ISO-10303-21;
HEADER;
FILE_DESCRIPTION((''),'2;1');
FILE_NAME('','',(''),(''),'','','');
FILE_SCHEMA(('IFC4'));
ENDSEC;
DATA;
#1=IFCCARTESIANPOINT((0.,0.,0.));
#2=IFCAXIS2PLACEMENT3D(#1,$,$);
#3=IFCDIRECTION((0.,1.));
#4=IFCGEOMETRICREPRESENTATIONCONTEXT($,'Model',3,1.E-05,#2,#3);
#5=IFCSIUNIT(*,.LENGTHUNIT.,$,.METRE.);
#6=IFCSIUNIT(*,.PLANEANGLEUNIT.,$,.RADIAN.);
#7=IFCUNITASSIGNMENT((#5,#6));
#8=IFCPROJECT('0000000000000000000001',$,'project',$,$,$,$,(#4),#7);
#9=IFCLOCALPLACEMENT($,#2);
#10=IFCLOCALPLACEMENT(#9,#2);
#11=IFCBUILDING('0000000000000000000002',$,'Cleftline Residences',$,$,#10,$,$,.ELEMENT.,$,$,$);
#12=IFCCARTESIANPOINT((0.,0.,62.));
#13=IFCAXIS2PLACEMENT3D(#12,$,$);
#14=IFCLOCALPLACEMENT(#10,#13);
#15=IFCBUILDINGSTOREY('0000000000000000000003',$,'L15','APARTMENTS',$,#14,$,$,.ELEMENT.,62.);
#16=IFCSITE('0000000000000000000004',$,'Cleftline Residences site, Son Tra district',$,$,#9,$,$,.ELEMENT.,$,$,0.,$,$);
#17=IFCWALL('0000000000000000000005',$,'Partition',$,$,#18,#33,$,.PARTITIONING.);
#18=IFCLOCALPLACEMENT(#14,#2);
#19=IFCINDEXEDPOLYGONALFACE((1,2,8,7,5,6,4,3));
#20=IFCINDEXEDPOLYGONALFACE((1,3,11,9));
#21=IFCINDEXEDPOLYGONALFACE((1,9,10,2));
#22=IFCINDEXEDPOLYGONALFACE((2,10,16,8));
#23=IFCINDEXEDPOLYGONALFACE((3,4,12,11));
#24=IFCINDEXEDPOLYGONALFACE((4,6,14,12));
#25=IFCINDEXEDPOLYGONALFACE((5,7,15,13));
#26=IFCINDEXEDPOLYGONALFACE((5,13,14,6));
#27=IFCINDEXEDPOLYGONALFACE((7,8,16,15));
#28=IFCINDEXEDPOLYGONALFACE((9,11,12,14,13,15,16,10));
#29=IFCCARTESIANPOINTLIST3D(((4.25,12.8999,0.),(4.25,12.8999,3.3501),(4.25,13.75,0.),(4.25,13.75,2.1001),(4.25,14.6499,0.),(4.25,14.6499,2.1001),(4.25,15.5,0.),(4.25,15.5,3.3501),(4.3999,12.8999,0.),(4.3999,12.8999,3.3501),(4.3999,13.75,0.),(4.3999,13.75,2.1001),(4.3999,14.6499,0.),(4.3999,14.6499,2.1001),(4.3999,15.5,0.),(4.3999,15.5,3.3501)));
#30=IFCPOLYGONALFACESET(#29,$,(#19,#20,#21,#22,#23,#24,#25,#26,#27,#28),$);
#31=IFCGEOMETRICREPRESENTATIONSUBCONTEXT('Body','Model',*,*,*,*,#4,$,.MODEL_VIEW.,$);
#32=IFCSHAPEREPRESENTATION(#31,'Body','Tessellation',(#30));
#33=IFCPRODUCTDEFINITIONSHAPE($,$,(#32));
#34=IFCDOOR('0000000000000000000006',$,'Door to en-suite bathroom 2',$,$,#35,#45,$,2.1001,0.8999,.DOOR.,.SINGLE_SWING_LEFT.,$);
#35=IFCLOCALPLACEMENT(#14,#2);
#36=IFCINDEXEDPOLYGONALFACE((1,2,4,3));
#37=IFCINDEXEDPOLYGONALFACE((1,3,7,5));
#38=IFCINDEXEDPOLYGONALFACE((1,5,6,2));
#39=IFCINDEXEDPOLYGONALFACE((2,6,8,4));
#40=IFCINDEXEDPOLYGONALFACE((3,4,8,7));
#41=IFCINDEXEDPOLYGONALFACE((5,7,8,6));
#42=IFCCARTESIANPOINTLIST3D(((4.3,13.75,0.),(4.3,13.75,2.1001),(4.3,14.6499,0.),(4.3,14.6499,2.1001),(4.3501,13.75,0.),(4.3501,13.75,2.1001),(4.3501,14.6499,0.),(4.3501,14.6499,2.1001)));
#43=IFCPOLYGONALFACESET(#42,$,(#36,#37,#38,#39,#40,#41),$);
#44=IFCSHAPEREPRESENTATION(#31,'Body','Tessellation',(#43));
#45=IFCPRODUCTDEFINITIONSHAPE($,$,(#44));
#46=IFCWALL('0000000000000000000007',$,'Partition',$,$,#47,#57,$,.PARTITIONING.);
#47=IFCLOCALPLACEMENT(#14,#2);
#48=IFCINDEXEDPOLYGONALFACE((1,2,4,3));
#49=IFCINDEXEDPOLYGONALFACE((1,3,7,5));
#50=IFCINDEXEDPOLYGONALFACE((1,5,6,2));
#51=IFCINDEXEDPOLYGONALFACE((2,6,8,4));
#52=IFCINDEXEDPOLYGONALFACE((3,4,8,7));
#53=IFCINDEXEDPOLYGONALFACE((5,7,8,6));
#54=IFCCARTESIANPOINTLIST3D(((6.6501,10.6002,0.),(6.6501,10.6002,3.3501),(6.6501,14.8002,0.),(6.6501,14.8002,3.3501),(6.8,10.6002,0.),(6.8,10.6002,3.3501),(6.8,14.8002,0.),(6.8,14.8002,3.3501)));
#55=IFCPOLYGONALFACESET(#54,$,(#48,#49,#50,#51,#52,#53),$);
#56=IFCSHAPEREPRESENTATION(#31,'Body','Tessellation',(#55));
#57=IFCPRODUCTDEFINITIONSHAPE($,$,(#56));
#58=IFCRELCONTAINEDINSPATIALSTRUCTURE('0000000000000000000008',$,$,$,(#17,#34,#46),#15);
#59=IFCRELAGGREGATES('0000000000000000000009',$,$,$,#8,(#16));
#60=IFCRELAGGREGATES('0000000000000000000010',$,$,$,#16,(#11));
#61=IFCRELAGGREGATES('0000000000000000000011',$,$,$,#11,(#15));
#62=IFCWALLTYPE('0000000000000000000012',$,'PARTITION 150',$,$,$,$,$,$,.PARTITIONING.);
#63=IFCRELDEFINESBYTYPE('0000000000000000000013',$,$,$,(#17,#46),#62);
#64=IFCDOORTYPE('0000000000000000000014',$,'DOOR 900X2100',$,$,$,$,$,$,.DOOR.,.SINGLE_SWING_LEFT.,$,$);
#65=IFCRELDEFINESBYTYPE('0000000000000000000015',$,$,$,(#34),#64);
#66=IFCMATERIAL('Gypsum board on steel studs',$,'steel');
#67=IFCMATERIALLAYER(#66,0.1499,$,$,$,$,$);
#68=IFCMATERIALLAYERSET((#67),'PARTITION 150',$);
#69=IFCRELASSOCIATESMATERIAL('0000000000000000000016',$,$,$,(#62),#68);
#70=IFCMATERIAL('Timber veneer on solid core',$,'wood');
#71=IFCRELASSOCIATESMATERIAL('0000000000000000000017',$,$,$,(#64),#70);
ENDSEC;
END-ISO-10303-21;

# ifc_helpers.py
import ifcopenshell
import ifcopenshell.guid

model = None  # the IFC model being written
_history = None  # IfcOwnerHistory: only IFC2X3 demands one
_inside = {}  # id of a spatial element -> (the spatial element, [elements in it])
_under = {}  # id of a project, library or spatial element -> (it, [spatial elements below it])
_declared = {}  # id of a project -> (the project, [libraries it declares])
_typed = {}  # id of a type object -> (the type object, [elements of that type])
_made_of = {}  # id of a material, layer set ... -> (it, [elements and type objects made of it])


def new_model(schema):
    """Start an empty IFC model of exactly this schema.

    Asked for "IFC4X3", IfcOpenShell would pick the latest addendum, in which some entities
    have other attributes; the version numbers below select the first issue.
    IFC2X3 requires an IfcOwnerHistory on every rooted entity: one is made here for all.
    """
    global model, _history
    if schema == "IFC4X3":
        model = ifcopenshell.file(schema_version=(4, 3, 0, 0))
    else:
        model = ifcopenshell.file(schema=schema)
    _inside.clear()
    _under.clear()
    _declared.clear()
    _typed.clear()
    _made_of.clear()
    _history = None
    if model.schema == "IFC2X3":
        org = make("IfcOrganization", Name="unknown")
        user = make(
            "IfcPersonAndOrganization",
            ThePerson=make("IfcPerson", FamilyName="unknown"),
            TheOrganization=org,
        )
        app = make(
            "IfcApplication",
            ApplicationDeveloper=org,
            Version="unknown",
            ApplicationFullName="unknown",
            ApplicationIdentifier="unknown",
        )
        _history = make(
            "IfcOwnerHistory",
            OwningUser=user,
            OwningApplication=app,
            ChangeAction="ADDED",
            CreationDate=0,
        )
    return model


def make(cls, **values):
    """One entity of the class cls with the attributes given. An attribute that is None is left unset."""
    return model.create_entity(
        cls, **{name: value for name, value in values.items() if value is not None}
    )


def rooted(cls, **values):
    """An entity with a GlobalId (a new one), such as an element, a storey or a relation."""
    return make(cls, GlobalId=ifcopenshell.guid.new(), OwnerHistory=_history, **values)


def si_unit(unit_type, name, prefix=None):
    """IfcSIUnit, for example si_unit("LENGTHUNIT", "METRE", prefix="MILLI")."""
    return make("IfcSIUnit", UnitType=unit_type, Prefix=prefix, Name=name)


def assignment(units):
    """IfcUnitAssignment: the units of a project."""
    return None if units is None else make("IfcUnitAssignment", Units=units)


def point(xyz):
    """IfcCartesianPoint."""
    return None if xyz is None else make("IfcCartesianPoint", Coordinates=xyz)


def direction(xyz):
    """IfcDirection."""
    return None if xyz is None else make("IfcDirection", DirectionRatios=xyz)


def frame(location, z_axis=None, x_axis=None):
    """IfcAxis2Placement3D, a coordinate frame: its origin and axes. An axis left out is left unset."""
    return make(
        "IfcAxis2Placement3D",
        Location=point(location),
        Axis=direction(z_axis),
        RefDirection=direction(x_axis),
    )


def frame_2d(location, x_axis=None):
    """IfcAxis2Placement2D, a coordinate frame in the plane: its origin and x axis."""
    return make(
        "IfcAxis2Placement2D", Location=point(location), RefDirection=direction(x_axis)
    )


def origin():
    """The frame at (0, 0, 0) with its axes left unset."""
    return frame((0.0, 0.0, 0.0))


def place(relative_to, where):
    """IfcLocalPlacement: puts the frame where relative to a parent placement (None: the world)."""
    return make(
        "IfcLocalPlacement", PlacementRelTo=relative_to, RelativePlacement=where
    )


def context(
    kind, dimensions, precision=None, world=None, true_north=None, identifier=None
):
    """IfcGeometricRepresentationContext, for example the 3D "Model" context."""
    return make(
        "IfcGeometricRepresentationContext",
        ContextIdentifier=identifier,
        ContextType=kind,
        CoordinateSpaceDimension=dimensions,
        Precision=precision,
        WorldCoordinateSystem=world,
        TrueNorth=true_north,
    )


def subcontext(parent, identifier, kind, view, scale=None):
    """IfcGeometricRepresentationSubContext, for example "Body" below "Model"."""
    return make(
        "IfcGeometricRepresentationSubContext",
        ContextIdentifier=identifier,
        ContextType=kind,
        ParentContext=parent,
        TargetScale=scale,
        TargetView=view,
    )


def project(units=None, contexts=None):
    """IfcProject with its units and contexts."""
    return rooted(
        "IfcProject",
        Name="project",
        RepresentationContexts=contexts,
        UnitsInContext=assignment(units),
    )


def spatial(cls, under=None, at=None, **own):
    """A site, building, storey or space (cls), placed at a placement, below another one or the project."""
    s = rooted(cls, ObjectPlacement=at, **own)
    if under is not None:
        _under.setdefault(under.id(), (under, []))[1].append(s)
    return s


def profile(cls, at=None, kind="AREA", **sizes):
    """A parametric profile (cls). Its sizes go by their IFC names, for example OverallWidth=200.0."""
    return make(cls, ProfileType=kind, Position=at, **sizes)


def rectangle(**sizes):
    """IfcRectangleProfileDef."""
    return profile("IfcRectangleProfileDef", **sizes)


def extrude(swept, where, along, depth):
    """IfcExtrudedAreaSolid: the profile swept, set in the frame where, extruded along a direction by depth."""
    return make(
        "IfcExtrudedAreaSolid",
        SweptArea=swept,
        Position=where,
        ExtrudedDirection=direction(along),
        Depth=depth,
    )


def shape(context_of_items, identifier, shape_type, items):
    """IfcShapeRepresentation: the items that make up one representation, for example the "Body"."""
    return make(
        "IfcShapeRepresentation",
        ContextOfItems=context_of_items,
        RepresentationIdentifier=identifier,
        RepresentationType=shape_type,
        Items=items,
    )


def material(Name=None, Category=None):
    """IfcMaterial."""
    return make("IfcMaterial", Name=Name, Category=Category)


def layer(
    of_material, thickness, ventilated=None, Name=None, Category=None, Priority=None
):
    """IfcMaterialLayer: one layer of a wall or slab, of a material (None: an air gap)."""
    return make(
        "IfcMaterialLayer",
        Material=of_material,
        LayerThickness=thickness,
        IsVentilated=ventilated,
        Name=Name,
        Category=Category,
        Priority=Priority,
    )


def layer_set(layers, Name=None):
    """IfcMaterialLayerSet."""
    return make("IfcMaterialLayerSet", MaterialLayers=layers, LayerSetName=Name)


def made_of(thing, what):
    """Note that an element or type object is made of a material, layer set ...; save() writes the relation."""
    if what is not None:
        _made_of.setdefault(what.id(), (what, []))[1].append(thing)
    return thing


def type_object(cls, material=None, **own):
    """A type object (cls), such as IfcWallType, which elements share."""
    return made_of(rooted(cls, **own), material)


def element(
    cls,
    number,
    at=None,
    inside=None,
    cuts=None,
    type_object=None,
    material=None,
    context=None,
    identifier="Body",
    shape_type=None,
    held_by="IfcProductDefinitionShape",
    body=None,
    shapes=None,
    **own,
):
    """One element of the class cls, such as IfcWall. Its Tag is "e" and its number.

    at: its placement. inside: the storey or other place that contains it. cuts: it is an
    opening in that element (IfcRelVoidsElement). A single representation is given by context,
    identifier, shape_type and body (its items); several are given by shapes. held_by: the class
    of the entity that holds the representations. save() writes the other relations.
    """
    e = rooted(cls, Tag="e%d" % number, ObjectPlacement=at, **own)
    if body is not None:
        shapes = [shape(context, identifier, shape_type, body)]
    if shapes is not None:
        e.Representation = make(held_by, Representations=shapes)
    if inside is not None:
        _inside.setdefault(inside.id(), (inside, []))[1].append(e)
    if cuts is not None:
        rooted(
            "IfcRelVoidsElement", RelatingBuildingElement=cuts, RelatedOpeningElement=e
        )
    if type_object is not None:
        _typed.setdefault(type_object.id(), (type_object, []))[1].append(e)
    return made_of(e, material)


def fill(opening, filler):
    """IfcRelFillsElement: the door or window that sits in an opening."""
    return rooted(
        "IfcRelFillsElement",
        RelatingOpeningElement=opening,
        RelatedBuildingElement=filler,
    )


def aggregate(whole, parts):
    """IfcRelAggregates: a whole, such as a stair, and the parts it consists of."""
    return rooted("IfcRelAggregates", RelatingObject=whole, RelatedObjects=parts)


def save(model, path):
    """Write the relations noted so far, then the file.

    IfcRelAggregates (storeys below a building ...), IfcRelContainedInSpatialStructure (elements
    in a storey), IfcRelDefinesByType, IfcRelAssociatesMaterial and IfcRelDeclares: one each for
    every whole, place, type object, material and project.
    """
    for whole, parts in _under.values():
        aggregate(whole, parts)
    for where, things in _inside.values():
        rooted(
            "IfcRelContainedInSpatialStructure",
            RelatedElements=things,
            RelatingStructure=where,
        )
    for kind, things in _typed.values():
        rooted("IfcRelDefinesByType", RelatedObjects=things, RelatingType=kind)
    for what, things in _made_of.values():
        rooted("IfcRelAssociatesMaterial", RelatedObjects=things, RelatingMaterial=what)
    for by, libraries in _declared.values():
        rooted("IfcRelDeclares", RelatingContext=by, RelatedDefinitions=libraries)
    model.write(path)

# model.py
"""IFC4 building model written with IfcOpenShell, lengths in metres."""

from ifc_helpers import new_model, si_unit, direction, frame, frame_2d, origin, place, context, subcontext, project, spatial, rectangle, extrude, material, layer, layer_set, type_object, element, fill, save


model = new_model("IFC4")

# Units and contexts
model_context = context("Model", 3, precision=1e-05, world=origin(), true_north=direction((0.0, 1.0)))
body_context = subcontext(model_context, "Body", "Model", "MODEL_VIEW")
ifc_project = project(units=[si_unit("LENGTHUNIT", "METRE"), si_unit("PLANEANGLEUNIT", "RADIAN")], contexts=[model_context])

# Site, building, storey
site_placement = place(None, origin())
site = spatial("IfcSite", under=ifc_project, at=site_placement, Name="Cleftline Residences site, Son Tra district", CompositionType="ELEMENT", RefElevation=0.0)
building_placement = place(site_placement, origin())
building = spatial("IfcBuilding", under=site, at=building_placement, Name="Cleftline Residences", CompositionType="ELEMENT")
storey_placement = place(building_placement, frame((0.0, 0.0, 62.0)))
storey = spatial("IfcBuildingStorey", under=building, at=storey_placement, Name="L15", Description="APARTMENTS", CompositionType="ELEMENT", Elevation=62.0)

# Shared definitions
ifc_material_1 = material(Name="Gypsum board on steel studs", Category="steel")
ifc_layer = layer(ifc_material_1, 0.1499)
ifc_layer_set = layer_set([ifc_layer], Name="PARTITION 150")
wall_type = type_object("IfcWallType", Name="PARTITION 150", PredefinedType="PARTITIONING", material=ifc_layer_set)
ifc_material_2 = material(Name="Timber veneer on solid core", Category="wood")
door_type_1 = type_object("IfcDoorType", Name="DOOR 900X2100", OperationType="SINGLE_SWING_LEFT", PredefinedType="DOOR", material=ifc_material_2)

# Wall, opening, door
wall_1_placement = place(storey_placement, frame((4.325, 12.8999, 0.0), z_axis=(0.0, 0.0, 1.0), x_axis=(0.0, 1.0, 0.0)))
wall_1 = element("IfcWall", 1, at=wall_1_placement, inside=storey, type_object=wall_type, Name="Partition", PredefinedType="PARTITIONING", context=body_context, shape_type="SweptSolid", body=[
    extrude(rectangle(XDim=2.6001, YDim=0.1499, at=frame_2d((1.3, 0.0))), origin(), (0.0, 0.0, 1.0), 3.3501),
])
opening_1_placement = place(wall_1_placement, frame((0.8501, 0.0, 0.0)))
opening_1 = element("IfcOpeningElement", 2, at=opening_1_placement, cuts=wall_1, PredefinedType="OPENING", context=body_context, shape_type="SweptSolid", body=[
    extrude(rectangle(XDim=0.8999, YDim=2.1001, at=frame_2d((0.45, 1.05))), frame((0.0, 0.085, 0.0), z_axis=(0.0, -1.0, 0.0), x_axis=(1.0, 0.0, 0.0)), (0.0, 0.0, 1.0), 0.1699),
])
door_1_placement = place(opening_1_placement, origin())
door_1 = element("IfcDoor", 3, at=door_1_placement, inside=storey, type_object=door_type_1, Name="Door to en-suite bathroom 2", OperationType="SINGLE_SWING_LEFT", OverallHeight=2.1001, OverallWidth=0.8999, PredefinedType="DOOR", context=body_context, shape_type="SweptSolid", body=[
    extrude(rectangle(XDim=0.8999, YDim=2.1001, at=frame_2d((0.45, 1.05))), frame((0.0, 0.0249, 0.0), z_axis=(0.0, -1.0, 0.0), x_axis=(1.0, 0.0, 0.0)), (0.0, 0.0, 1.0), 0.05),
])
fill(opening_1, door_1)

# Wall
wall_2_placement = place(storey_placement, frame((6.7251, 10.6001, 0.0), z_axis=(0.0, 0.0, 1.0), x_axis=(0.0, 1.0, 0.0)))
element("IfcWall", 4, at=wall_2_placement, inside=storey, type_object=wall_type, Name="Partition", PredefinedType="PARTITIONING", context=body_context, shape_type="SweptSolid", body=[
    extrude(rectangle(XDim=4.2, YDim=0.1499, at=frame_2d((2.1001, 0.0))), origin(), (0.0, 0.0, 1.0), 3.3501),
])

save(model, "model.ifc")
